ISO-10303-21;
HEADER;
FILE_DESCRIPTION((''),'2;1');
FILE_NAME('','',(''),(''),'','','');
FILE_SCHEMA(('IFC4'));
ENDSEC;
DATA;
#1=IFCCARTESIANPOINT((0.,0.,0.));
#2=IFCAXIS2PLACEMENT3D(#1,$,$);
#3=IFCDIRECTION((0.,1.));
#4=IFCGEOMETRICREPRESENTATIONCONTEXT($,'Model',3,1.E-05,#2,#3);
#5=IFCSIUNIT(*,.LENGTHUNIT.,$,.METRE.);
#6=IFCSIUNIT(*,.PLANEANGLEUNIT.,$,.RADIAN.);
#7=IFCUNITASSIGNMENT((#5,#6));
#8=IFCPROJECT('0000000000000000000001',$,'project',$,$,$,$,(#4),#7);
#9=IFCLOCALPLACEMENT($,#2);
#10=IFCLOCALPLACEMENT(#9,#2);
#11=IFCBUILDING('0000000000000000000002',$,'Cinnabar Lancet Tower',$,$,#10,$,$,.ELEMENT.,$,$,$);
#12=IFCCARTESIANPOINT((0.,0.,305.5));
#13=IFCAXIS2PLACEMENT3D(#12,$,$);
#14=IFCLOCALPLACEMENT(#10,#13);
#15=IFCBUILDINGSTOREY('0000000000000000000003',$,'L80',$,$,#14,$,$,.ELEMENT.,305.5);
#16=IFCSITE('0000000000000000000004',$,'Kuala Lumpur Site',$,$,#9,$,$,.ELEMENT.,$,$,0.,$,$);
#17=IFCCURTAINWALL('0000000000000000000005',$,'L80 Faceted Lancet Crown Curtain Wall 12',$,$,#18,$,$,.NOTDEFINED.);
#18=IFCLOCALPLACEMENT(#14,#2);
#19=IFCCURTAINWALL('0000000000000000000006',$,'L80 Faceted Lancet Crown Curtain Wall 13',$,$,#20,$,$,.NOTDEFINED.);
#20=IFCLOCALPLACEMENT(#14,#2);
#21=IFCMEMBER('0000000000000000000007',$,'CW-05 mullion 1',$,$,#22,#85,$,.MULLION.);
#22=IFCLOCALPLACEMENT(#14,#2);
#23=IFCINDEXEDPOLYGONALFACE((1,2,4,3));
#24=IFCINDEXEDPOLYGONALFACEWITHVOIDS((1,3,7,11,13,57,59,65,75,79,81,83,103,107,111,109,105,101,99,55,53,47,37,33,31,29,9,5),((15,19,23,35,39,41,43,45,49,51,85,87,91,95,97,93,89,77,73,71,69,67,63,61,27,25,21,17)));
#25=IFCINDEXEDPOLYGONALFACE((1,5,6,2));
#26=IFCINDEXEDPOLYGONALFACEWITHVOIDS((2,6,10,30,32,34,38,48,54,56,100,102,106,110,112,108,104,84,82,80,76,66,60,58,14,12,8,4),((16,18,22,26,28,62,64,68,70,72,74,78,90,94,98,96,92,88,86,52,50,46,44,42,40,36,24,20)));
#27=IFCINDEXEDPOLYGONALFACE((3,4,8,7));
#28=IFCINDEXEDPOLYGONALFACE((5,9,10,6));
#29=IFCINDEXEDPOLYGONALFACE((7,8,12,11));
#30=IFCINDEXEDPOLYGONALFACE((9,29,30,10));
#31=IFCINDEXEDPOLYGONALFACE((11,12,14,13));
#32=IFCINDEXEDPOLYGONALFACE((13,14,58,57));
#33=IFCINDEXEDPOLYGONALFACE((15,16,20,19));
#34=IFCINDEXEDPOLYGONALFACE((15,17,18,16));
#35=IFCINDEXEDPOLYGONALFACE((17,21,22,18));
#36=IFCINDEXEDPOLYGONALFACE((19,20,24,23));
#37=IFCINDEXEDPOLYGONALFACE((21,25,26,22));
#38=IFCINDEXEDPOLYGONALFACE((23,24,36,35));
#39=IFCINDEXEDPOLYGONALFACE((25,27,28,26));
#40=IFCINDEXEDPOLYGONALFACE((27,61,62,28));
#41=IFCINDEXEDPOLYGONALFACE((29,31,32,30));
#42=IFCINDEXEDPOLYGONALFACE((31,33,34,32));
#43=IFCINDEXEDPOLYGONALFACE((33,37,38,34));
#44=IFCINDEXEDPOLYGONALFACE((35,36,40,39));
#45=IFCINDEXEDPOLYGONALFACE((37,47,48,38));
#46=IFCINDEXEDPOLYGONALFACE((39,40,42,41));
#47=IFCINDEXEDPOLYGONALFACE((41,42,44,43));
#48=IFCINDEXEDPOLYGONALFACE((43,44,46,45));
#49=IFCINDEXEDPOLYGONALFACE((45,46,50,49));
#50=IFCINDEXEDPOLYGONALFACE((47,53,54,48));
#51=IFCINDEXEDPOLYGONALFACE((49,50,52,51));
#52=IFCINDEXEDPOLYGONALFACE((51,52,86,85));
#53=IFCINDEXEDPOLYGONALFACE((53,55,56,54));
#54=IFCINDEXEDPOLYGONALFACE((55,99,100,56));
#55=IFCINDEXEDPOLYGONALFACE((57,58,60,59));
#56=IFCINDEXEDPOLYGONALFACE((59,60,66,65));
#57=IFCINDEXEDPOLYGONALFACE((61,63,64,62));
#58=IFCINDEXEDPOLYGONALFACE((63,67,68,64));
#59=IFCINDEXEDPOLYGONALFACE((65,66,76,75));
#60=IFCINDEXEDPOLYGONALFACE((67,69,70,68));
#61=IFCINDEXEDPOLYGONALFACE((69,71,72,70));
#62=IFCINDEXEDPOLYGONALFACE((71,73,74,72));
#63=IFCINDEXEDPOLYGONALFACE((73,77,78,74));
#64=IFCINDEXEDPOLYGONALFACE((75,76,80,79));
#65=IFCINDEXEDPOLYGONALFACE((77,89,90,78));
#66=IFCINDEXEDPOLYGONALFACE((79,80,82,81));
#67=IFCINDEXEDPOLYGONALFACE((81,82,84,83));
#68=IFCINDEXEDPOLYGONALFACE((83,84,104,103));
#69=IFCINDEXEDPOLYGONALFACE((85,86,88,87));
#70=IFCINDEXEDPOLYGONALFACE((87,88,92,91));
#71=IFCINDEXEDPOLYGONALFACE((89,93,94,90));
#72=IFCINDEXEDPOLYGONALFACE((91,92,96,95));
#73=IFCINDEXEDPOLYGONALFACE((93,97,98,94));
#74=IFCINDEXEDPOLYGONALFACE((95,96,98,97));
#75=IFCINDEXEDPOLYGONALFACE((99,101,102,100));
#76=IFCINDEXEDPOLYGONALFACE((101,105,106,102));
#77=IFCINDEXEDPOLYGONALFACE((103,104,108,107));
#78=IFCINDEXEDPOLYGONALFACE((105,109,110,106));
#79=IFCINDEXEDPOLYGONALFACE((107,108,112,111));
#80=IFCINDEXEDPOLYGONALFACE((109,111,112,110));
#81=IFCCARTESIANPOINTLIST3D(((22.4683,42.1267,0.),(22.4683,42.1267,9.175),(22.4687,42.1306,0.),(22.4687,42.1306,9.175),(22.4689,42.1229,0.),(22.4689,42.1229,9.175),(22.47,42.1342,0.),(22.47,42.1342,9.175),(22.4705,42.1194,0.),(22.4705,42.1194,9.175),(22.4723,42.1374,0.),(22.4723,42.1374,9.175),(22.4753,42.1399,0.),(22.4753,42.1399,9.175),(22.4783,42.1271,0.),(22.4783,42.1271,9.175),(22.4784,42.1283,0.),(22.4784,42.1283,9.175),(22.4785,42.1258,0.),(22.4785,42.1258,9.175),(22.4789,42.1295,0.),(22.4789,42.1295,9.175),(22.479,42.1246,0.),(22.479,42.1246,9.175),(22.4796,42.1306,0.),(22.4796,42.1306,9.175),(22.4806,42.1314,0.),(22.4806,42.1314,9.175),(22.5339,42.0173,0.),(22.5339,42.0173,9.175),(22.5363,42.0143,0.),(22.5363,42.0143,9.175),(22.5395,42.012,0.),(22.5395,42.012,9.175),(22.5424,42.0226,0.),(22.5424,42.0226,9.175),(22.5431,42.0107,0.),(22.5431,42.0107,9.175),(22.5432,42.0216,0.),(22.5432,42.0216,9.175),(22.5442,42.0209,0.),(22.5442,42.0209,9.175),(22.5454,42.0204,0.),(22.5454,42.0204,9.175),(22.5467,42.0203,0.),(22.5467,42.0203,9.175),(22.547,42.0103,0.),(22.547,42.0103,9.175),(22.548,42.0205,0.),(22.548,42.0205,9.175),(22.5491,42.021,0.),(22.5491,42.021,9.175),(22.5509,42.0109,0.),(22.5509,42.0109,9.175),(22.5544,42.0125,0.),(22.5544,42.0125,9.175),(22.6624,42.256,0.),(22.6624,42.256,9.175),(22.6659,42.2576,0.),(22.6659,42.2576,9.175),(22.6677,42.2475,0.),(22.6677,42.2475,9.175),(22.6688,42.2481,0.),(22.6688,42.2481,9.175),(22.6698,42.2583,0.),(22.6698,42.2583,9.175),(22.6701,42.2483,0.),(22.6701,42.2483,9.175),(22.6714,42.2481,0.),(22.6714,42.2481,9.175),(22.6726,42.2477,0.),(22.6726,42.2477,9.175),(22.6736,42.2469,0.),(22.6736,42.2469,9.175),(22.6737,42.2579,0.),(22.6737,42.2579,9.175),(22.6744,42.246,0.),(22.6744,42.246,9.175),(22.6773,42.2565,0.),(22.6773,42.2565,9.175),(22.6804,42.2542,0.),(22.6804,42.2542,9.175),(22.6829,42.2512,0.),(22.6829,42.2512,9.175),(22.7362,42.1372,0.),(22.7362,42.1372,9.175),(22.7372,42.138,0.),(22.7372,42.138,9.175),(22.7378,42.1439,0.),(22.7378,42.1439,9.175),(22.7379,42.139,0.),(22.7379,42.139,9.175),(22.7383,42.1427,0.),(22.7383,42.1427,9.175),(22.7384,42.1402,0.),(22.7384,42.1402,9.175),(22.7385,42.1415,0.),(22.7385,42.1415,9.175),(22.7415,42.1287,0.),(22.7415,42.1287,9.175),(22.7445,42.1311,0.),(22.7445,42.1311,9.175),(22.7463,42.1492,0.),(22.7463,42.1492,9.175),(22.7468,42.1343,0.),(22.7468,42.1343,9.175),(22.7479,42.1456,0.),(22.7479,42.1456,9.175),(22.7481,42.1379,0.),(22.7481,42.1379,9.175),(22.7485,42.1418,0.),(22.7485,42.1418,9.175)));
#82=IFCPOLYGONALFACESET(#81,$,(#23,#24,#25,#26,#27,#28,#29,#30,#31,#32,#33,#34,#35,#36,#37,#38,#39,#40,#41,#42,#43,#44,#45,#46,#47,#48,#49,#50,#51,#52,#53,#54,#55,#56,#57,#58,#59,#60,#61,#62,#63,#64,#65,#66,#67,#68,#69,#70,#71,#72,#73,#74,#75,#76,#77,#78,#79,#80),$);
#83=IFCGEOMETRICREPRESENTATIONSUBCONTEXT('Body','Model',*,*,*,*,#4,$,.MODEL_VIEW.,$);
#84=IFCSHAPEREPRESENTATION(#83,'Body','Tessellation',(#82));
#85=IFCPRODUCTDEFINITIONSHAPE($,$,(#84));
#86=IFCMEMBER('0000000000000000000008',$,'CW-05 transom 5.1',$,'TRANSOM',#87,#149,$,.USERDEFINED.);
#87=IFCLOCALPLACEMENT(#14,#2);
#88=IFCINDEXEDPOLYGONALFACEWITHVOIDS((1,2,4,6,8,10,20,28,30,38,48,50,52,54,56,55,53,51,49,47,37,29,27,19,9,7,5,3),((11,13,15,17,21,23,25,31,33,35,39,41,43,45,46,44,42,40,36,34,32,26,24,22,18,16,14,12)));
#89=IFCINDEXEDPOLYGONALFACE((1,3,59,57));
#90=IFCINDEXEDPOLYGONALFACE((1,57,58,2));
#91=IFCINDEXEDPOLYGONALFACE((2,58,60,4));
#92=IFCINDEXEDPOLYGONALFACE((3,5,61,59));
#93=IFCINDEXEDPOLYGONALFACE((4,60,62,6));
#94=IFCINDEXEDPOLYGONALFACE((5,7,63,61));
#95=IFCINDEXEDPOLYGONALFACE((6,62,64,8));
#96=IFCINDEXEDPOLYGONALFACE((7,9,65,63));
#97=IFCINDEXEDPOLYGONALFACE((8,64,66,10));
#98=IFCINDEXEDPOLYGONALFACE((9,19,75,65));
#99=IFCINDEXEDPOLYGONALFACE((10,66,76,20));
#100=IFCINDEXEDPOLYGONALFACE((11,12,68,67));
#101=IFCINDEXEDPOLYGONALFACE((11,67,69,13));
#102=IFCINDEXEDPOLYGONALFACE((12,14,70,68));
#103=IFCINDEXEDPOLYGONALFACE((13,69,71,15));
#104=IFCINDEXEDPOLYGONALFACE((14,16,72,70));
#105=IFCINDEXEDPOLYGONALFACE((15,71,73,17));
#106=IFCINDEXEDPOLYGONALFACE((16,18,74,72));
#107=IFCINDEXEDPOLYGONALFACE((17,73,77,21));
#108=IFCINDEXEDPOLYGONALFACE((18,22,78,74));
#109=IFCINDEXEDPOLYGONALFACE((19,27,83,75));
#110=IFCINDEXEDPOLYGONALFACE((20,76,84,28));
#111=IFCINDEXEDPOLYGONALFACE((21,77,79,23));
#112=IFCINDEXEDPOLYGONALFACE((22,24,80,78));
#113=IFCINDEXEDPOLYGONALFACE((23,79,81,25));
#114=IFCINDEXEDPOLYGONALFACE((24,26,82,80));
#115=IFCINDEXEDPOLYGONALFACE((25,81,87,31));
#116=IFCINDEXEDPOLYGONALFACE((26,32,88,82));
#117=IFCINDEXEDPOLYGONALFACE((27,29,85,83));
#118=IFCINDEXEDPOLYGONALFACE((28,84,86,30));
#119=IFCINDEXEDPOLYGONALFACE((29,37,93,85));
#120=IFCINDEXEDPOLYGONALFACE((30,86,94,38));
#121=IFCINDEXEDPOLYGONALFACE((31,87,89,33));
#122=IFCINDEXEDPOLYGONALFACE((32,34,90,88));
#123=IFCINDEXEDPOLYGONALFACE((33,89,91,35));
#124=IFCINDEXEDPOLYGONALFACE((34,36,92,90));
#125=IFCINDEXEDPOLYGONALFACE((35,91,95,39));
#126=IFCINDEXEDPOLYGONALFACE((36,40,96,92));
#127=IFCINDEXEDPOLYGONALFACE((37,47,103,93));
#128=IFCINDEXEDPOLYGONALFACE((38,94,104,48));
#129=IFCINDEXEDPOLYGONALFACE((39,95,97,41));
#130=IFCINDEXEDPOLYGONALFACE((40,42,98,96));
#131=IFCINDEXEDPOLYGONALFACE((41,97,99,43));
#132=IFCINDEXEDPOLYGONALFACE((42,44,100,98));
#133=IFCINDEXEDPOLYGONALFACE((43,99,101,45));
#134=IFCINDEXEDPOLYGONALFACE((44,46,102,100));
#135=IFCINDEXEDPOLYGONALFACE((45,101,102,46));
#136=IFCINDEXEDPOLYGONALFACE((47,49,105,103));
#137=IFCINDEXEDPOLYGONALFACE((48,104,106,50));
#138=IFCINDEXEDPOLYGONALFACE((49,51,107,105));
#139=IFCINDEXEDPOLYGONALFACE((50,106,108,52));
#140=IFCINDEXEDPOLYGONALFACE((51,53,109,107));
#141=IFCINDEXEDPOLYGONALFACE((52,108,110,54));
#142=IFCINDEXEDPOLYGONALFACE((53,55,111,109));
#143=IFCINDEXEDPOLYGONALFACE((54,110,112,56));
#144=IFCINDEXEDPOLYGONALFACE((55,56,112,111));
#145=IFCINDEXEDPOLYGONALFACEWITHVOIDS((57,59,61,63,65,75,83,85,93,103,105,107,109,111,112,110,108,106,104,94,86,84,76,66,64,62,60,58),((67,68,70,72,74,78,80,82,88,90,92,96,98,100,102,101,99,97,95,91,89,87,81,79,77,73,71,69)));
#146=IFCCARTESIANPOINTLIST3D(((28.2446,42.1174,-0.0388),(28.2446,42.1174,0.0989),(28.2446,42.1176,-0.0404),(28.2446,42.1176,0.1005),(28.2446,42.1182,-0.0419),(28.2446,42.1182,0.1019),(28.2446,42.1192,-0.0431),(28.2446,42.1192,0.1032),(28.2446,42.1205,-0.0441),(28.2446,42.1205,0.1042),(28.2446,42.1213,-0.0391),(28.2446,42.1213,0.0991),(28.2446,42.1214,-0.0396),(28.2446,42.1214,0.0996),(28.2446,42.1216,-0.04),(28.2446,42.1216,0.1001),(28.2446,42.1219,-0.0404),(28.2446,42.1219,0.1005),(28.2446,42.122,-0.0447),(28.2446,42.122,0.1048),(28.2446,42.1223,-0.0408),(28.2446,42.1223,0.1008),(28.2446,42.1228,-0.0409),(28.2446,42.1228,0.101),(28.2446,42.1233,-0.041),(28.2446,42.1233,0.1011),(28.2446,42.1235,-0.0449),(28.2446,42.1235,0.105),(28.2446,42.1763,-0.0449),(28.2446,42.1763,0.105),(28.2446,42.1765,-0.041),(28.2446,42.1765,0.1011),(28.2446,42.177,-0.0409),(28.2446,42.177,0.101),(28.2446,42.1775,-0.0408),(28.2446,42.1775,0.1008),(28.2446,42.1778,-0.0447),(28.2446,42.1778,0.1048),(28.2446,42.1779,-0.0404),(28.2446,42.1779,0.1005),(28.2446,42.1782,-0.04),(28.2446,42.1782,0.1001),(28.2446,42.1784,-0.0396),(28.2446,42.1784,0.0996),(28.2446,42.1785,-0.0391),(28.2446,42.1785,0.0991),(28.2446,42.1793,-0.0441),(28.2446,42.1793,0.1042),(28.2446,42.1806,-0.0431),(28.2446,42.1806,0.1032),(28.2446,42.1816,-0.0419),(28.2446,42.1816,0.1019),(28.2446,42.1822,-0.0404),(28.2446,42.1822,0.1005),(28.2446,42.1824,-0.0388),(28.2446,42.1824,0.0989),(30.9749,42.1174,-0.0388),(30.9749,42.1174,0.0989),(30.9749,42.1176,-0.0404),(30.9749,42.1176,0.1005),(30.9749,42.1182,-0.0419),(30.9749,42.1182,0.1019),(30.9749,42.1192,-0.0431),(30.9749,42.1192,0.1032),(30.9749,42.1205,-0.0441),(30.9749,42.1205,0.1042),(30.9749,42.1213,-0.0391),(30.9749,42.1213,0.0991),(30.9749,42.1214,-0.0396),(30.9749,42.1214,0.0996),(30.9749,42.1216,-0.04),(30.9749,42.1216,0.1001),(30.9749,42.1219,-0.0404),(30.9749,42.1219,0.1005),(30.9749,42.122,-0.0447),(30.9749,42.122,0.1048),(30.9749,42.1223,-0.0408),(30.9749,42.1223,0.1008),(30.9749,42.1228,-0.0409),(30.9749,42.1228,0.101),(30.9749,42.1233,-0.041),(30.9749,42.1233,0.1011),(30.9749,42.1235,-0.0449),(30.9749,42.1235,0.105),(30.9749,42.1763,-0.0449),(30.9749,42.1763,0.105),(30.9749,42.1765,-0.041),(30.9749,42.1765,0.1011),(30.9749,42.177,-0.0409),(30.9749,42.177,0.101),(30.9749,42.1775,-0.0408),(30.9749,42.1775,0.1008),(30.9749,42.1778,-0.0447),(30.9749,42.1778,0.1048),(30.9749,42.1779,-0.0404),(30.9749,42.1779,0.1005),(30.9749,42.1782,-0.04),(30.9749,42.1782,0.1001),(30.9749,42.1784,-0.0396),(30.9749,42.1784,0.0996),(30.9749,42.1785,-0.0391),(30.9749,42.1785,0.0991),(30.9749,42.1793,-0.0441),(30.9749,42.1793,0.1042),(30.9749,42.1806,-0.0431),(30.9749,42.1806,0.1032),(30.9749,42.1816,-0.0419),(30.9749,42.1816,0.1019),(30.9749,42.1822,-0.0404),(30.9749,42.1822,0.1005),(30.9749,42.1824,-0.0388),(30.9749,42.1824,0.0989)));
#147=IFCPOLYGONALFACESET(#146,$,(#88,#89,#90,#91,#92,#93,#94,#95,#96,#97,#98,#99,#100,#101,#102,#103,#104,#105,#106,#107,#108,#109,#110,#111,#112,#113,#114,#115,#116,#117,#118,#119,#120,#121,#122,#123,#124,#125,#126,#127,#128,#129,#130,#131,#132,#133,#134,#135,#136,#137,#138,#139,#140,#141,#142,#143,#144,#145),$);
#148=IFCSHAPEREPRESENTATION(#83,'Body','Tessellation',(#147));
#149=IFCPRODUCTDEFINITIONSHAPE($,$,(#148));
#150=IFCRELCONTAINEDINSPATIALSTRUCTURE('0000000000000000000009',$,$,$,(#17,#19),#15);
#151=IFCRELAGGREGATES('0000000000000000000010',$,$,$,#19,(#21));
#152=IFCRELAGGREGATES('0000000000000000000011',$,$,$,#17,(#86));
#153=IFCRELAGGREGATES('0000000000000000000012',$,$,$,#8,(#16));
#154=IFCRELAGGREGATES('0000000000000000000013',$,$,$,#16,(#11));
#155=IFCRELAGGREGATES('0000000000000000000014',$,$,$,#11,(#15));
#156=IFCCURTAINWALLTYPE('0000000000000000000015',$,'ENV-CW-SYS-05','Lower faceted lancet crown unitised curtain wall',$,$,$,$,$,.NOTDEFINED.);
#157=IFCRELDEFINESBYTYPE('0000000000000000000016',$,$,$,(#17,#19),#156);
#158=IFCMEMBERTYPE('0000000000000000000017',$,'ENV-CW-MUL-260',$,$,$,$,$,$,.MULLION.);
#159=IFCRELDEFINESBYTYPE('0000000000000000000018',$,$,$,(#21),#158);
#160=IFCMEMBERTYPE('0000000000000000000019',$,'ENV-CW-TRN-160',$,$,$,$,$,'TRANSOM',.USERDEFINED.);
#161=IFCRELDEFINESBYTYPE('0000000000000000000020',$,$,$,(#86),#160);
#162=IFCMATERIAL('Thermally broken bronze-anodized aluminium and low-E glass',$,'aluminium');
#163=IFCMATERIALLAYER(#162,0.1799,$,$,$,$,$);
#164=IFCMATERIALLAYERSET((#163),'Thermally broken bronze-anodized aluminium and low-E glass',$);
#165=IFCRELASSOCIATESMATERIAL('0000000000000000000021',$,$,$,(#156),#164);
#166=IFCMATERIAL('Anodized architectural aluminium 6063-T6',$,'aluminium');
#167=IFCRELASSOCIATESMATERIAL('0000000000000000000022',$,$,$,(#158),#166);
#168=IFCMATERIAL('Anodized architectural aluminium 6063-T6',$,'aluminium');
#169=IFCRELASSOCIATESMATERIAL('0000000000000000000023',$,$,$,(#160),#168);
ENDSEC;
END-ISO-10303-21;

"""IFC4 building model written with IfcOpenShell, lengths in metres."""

from ifc_helpers import new_model, si_unit, direction, frame, origin, origin_2d, place, context, subcontext, project, spatial, hollow_rectangle, extrude, material, layer, layer_set, material_profile, profile_set, type_object, element, aggregate, save


model = new_model("IFC4")

# Units and contexts
model_context = context("Model", 3, precision=1e-05, world=origin(), true_north=direction((0.0, 1.0)))
body_context = subcontext(model_context, "Body", "Model", "MODEL_VIEW")
ifc_project = project(units=[si_unit("LENGTHUNIT", "METRE"), si_unit("PLANEANGLEUNIT", "RADIAN")], contexts=[model_context])

# Site, building, storey
site_placement = place(None, origin())
site = spatial("IfcSite", under=ifc_project, at=site_placement, Name="Kuala Lumpur Site", CompositionType="ELEMENT", RefElevation=0.0)
building_placement = place(site_placement, origin())
building = spatial("IfcBuilding", under=site, at=building_placement, Name="Cinnabar Lancet Tower", CompositionType="ELEMENT")
storey_placement = place(building_placement, frame((0.0, 0.0, 305.5)))
storey = spatial("IfcBuildingStorey", under=building, at=storey_placement, Name="L80", CompositionType="ELEMENT", Elevation=305.5)

# Curtain wall
ifc_material_1 = material(Name="Thermally broken bronze-anodized aluminium and low-E glass", Category="aluminium")
ifc_layer_1 = layer(ifc_material_1, 0.1799)
ifc_layer_set_1 = layer_set([ifc_layer_1], Name="Thermally broken bronze-anodized aluminium and low-E glass")
curtain_wall_type = type_object("IfcCurtainWallType", Name="ENV-CW-SYS-05", Description="Lower faceted lancet crown unitised curtain wall", PredefinedType="NOTDEFINED", material=ifc_layer_set_1)
curtain_wall_1_placement = place(storey_placement, origin())
curtain_wall_1 = element("IfcCurtainWall", 1, at=curtain_wall_1_placement, inside=storey, type_object=curtain_wall_type, Name="L80 Faceted Lancet Crown Curtain Wall 12", PredefinedType="NOTDEFINED")
ifc_material_2 = material(Name="Anodized architectural aluminium 6063-T6", Category="aluminium")
ifc_material_profile_1 = material_profile(ifc_material_2, hollow_rectangle(XDim=0.1499, YDim=0.25, WallThickness=0.01, InnerFilletRadius=0.0049, OuterFilletRadius=0.0149, at=origin_2d()), Name="RHS 250x150x10")
ifc_profile_set_1 = profile_set([ifc_material_profile_1], Name="Anodized architectural aluminium 6063-T6")
member_type_1 = type_object("IfcMemberType", Name="ENV-CW-MUL-260", PredefinedType="MULLION", material=ifc_profile_set_1)

# Curtain wall, member
curtain_wall_2_placement = place(storey_placement, origin())
curtain_wall_2 = element("IfcCurtainWall", 2, at=curtain_wall_2_placement, inside=storey, type_object=curtain_wall_type, Name="L80 Faceted Lancet Crown Curtain Wall 13", PredefinedType="NOTDEFINED")
member_1_placement = place(storey_placement, frame((22.6084, 42.1343, 0.0), z_axis=(0.0, 0.0, 1.0), x_axis=(0.527496, -0.849557, 0.0)))
member_1 = element("IfcMember", 3, at=member_1_placement, type_object=member_type_1, Name="CW-05 mullion 1", PredefinedType="MULLION", context=body_context, shape_type="SweptSolid", body=[
    extrude(hollow_rectangle(XDim=0.1499, YDim=0.25, WallThickness=0.01, InnerFilletRadius=0.0049, OuterFilletRadius=0.0149, at=origin_2d()), origin(), (0.0, 0.0, 1.0), 9.175),
])
aggregate(curtain_wall_2, [member_1])

# Member
ifc_material_3 = material(Name="Anodized architectural aluminium 6063-T6", Category="aluminium")
ifc_material_profile_2 = material_profile(ifc_material_3, hollow_rectangle(XDim=0.0649, YDim=0.1499, WallThickness=0.0039, InnerFilletRadius=0.002, OuterFilletRadius=0.0061, at=origin_2d()), Name="CW-TRN 150x65x4")
ifc_profile_set_2 = profile_set([ifc_material_profile_2], Name="Anodized architectural aluminium 6063-T6")
member_type_2 = type_object("IfcMemberType", Name="ENV-CW-TRN-160", ElementType="TRANSOM", PredefinedType="USERDEFINED", material=ifc_profile_set_2)
member_2_placement = place(storey_placement, frame((30.9749, 42.1499, 0.03), z_axis=(-1.0, 0.0, 0.0), x_axis=(0.0, -1.0, 0.0)))
member_2 = element("IfcMember", 4, at=member_2_placement, type_object=member_type_2, Name="CW-05 transom 5.1", ObjectType="TRANSOM", PredefinedType="USERDEFINED", context=body_context, shape_type="SweptSolid", body=[
    extrude(hollow_rectangle(XDim=0.0649, YDim=0.1499, WallThickness=0.0039, InnerFilletRadius=0.002, OuterFilletRadius=0.0061, at=origin_2d()), origin(), (0.0, 0.0, 1.0), 2.7302),
])

aggregate(curtain_wall_1, [member_2])

save(model, "model.ifc")
